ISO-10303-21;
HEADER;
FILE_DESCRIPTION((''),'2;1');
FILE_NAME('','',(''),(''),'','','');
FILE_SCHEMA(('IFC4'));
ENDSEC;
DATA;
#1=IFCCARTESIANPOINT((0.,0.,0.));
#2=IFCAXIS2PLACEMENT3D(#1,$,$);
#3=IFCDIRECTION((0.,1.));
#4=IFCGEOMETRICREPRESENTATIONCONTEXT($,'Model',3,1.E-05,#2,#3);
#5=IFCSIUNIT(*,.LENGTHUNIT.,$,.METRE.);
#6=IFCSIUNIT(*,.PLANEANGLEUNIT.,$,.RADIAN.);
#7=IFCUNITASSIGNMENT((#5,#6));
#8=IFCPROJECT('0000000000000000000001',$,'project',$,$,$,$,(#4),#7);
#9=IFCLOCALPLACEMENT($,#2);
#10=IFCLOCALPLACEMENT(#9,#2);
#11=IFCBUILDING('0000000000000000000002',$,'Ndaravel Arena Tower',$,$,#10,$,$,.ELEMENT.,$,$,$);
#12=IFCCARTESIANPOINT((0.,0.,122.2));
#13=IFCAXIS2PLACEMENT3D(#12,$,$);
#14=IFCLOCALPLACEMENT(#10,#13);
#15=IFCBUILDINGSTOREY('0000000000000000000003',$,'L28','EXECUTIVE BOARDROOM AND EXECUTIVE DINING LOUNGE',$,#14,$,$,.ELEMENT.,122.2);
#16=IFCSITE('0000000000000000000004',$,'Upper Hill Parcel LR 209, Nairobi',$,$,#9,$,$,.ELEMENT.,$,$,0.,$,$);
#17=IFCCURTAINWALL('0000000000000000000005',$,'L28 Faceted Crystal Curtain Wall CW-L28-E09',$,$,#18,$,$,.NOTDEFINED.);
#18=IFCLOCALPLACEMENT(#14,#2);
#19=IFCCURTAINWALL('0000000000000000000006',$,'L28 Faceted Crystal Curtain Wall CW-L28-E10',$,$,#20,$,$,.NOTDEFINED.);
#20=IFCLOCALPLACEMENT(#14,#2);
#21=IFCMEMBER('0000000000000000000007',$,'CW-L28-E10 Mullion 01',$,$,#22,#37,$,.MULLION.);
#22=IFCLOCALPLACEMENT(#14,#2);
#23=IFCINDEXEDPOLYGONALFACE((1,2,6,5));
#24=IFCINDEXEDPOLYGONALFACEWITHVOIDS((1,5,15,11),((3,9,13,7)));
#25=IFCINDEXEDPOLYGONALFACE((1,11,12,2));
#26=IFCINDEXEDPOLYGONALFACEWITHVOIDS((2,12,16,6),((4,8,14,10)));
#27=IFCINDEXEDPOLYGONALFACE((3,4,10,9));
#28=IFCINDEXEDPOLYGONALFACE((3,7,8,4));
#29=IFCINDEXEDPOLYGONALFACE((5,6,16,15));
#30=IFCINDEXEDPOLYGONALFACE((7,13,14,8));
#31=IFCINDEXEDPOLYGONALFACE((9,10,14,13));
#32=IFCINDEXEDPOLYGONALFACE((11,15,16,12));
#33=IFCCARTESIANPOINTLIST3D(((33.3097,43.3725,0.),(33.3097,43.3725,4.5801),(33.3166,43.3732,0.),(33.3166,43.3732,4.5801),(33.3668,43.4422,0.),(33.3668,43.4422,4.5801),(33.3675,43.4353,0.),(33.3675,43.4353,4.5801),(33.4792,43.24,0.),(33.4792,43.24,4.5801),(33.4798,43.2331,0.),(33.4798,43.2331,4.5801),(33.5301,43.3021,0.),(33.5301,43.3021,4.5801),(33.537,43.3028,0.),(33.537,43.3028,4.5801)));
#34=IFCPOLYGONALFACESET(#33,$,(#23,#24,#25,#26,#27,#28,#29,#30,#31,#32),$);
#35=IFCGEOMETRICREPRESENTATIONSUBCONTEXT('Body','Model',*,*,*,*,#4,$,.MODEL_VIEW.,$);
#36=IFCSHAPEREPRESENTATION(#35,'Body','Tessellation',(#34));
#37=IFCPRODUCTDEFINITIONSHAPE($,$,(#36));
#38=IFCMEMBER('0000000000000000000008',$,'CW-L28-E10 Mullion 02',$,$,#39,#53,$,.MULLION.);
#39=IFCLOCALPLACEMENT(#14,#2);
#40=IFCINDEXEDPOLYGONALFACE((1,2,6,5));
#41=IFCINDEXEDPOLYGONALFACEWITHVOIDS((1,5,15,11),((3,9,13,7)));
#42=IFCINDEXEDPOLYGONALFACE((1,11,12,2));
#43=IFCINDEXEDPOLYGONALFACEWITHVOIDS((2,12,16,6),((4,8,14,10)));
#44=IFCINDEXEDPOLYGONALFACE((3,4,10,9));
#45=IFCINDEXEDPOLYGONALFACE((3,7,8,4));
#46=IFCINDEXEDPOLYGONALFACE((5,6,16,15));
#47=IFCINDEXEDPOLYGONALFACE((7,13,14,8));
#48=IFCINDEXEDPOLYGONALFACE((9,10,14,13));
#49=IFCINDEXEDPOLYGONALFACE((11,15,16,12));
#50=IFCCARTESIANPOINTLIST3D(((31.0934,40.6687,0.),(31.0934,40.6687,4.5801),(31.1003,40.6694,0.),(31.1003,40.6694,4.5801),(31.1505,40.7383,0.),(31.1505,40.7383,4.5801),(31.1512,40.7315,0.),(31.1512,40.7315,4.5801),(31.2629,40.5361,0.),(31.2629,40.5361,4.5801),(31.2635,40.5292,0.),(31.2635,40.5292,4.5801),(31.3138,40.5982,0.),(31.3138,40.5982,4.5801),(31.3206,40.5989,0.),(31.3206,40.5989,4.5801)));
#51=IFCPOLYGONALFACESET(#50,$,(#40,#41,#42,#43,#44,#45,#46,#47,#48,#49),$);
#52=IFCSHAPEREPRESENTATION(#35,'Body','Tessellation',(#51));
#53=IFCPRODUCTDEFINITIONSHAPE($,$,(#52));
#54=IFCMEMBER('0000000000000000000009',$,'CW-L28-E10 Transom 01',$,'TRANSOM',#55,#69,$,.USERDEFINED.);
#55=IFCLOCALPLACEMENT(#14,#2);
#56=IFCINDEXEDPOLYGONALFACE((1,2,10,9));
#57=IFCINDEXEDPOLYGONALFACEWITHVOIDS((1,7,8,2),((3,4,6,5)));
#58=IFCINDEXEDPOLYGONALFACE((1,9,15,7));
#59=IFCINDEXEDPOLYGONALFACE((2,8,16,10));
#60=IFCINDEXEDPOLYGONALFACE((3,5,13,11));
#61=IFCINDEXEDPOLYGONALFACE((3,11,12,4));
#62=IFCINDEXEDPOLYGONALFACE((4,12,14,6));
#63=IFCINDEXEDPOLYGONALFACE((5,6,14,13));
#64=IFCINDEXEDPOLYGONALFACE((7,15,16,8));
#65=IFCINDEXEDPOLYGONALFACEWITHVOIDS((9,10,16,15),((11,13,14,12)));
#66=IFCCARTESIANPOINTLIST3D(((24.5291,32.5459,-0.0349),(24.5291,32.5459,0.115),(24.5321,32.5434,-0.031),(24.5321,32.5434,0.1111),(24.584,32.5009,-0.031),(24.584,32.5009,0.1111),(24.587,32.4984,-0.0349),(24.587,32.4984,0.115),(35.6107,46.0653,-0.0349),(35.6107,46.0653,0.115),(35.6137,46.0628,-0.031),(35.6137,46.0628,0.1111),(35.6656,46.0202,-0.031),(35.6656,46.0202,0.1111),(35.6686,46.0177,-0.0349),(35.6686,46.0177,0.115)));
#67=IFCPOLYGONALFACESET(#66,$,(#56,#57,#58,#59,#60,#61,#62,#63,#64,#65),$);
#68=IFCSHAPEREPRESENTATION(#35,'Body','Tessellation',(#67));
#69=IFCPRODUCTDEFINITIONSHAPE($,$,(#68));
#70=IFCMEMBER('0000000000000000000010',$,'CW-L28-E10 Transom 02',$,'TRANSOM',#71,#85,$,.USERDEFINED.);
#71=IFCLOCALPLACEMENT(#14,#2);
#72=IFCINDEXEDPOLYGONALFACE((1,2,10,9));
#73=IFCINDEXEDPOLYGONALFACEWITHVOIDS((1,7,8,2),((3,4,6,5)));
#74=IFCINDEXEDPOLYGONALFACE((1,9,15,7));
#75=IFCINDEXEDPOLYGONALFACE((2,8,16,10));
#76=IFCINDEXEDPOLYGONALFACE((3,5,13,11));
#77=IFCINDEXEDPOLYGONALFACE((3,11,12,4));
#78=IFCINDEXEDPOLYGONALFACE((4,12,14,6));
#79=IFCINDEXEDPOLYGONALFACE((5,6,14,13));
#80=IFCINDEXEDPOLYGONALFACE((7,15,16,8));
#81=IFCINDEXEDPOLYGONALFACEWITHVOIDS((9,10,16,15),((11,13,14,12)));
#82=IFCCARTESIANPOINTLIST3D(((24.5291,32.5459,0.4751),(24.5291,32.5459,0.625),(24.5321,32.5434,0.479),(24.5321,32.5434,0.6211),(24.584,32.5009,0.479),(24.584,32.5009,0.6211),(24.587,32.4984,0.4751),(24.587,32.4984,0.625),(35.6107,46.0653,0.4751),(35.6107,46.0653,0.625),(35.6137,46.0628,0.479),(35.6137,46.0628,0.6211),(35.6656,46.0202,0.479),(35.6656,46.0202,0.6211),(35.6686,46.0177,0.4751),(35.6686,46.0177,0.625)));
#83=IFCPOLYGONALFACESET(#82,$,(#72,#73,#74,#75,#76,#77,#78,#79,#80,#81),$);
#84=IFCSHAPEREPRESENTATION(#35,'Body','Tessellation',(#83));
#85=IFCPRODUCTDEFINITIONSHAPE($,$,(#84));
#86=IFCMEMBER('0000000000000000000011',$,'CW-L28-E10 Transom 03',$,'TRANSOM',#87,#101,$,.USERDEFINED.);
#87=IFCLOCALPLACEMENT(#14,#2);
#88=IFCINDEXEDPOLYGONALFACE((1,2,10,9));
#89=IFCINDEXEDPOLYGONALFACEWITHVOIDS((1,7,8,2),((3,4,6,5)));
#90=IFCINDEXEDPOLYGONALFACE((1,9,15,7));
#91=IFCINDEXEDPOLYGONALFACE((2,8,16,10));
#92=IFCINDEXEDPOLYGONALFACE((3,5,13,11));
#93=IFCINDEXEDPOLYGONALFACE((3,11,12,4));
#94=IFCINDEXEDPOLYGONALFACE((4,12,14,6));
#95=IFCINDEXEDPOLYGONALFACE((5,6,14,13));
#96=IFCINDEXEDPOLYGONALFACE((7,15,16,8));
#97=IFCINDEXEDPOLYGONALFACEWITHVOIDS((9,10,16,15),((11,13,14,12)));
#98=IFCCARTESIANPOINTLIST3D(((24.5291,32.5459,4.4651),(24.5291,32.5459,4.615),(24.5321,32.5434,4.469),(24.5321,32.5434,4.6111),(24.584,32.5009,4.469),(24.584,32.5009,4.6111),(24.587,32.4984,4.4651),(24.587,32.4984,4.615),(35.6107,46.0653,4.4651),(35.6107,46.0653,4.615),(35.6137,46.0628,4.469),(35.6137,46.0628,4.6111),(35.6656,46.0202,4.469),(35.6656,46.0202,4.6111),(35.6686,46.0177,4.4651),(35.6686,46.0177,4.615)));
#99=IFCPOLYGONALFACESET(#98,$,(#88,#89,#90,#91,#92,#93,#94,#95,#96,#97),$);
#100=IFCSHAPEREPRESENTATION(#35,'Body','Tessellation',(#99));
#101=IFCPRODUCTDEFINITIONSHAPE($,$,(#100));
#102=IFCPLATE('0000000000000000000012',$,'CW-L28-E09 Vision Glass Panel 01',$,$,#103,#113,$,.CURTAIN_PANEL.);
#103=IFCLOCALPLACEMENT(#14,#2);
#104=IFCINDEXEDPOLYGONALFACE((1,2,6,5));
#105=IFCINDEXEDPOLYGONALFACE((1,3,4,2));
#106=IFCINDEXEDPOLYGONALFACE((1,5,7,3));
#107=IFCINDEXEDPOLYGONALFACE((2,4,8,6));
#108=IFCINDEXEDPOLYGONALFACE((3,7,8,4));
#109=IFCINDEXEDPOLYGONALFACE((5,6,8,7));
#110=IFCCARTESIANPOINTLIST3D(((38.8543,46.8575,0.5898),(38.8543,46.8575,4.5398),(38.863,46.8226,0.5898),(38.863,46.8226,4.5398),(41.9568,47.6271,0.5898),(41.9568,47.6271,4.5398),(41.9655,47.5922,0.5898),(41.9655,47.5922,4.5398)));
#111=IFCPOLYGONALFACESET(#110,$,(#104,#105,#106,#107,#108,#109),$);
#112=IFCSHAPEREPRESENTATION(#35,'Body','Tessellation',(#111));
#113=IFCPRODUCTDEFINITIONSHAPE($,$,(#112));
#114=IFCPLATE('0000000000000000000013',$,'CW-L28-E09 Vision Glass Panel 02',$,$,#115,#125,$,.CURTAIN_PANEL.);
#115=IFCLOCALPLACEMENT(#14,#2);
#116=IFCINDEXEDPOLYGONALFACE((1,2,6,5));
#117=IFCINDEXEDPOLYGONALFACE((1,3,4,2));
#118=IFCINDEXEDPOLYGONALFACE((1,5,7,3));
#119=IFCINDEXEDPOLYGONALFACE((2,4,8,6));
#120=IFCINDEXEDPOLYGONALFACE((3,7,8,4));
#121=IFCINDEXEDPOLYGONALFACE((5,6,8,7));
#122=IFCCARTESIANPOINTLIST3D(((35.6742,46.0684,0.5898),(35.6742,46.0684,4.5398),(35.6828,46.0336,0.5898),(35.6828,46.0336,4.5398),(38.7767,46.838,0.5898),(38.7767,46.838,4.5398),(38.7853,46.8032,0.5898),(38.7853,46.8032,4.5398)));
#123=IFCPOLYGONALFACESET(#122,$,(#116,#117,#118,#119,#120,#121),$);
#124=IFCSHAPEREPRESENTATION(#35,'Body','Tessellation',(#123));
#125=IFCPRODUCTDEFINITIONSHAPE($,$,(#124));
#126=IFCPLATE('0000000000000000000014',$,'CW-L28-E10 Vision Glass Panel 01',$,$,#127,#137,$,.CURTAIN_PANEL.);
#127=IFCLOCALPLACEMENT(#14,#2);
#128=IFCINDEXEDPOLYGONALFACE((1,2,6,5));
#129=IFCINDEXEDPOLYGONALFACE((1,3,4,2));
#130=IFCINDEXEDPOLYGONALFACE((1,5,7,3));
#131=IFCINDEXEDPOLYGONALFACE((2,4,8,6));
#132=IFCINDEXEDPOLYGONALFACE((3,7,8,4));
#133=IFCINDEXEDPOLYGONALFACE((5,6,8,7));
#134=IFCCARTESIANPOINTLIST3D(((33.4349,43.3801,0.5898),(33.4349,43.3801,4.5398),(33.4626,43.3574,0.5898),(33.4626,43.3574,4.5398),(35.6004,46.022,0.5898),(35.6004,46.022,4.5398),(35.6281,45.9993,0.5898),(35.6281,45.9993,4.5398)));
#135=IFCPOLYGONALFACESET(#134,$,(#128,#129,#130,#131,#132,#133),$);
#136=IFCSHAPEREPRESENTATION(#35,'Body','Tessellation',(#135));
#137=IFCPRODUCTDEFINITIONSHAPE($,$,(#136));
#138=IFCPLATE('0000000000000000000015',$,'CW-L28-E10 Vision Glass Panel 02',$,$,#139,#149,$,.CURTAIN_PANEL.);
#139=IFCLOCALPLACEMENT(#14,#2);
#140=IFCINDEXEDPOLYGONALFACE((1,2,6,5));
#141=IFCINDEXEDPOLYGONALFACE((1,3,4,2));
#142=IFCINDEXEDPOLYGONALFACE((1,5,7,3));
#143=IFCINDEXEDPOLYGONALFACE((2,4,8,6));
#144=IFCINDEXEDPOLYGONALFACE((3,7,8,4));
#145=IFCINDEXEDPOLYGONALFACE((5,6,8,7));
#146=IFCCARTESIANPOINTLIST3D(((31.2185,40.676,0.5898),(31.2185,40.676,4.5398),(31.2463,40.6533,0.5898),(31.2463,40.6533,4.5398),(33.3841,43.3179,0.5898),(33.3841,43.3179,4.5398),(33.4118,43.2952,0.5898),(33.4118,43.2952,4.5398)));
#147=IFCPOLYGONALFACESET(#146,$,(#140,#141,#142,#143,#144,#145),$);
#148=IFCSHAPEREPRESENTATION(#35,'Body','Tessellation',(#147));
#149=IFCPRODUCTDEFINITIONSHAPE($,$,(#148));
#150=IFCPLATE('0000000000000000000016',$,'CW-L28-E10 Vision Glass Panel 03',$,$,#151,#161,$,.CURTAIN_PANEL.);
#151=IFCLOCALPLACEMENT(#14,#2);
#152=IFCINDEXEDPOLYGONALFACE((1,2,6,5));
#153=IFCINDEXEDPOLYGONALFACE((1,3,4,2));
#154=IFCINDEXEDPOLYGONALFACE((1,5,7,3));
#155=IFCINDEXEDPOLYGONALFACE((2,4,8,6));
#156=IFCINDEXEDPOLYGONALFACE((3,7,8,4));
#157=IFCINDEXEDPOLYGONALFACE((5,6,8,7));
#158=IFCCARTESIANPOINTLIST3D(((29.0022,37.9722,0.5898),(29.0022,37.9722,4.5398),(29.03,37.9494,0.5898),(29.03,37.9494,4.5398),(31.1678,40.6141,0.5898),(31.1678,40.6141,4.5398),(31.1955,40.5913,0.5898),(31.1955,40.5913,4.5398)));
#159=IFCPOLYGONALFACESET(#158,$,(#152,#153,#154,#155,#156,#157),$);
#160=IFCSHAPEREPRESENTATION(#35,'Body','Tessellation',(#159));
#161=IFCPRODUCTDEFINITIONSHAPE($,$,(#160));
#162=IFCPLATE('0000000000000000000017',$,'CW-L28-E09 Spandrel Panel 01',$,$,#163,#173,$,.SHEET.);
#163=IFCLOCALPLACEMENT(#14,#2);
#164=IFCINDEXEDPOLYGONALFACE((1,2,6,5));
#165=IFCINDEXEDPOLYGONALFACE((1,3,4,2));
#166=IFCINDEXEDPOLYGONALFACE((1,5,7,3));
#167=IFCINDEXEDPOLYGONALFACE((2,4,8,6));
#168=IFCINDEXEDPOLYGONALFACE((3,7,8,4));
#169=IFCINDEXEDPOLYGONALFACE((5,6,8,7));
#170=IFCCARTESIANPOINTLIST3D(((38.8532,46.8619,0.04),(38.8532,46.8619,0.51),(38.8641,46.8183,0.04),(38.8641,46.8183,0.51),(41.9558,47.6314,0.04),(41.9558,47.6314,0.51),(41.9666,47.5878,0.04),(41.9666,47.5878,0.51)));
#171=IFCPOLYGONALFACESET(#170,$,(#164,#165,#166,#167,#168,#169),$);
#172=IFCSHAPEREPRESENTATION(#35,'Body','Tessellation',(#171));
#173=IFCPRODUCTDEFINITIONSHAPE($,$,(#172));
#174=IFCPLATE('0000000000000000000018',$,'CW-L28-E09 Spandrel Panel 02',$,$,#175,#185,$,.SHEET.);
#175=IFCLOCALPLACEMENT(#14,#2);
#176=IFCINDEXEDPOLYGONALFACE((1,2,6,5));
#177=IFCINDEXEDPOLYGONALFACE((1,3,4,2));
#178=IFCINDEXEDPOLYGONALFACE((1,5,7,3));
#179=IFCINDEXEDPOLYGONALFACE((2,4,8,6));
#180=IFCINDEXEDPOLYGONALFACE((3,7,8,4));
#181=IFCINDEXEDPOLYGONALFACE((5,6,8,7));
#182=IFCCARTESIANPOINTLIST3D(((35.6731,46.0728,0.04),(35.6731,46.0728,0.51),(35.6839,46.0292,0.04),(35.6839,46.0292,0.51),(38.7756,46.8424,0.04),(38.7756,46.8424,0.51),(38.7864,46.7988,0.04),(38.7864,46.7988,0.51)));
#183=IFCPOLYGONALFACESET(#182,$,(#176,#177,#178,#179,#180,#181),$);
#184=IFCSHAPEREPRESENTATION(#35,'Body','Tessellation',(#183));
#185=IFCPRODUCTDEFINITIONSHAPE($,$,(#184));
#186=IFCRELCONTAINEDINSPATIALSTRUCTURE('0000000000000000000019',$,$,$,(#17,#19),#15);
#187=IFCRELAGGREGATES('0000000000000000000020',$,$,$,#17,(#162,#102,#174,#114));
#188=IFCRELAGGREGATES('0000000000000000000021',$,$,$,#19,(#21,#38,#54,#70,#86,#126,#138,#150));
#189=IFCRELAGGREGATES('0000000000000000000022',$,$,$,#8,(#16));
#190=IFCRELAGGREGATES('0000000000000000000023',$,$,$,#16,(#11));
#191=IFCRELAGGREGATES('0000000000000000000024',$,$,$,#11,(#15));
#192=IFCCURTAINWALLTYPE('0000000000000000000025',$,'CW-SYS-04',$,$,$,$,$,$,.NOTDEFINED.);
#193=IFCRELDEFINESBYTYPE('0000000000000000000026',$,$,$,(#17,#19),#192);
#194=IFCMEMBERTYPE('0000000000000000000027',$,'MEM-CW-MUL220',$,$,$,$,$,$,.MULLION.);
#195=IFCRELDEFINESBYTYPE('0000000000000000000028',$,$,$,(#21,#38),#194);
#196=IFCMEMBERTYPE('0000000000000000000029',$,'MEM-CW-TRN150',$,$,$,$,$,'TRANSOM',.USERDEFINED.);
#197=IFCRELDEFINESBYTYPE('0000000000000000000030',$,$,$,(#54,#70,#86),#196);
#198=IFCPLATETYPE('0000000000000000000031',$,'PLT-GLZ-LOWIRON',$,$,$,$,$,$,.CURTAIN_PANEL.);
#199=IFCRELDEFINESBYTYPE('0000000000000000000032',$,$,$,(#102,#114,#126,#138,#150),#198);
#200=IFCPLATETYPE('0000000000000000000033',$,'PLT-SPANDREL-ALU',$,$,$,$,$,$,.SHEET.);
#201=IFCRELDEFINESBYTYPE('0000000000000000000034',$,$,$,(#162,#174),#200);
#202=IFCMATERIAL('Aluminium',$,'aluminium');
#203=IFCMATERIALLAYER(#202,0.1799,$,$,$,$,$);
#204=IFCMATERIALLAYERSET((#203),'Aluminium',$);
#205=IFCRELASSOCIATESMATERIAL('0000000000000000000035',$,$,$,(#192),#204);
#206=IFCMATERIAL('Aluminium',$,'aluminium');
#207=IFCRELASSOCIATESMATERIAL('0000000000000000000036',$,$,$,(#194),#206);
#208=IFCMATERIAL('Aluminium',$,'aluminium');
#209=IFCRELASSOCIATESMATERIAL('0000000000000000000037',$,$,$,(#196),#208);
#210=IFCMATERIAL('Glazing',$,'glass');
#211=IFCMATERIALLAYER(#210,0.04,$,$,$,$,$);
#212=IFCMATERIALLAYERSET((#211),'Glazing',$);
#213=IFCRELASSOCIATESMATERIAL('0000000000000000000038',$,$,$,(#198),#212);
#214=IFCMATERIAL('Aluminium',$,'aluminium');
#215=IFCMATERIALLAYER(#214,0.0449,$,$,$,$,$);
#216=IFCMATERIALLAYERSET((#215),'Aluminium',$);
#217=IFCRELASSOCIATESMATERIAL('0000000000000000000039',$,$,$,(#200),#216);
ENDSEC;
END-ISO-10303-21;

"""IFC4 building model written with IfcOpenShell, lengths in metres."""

from ifc_helpers import new_model, si_unit, direction, frame, origin, origin_2d, place, context, subcontext, project, spatial, rectangle, hollow_rectangle, extrude, material, layer, layer_set, material_profile, profile_set, type_object, element, aggregate, save


model = new_model("IFC4")

# Units and contexts
model_context = context("Model", 3, precision=1e-05, world=origin(), true_north=direction((0.0, 1.0)))
body_context = subcontext(model_context, "Body", "Model", "MODEL_VIEW")
ifc_project = project(units=[si_unit("LENGTHUNIT", "METRE"), si_unit("PLANEANGLEUNIT", "RADIAN")], contexts=[model_context])

# Site, building, storey
site_placement = place(None, origin())
site = spatial("IfcSite", under=ifc_project, at=site_placement, Name="Upper Hill Parcel LR 209, Nairobi", CompositionType="ELEMENT", RefElevation=0.0)
building_placement = place(site_placement, origin())
building = spatial("IfcBuilding", under=site, at=building_placement, Name="Ndaravel Arena Tower", CompositionType="ELEMENT")
storey_placement = place(building_placement, frame((0.0, 0.0, 122.2)))
storey = spatial("IfcBuildingStorey", under=building, at=storey_placement, Name="L28", Description="EXECUTIVE BOARDROOM AND EXECUTIVE DINING LOUNGE", CompositionType="ELEMENT", Elevation=122.2)

# Curtain wall
ifc_material_1 = material(Name="Aluminium", Category="aluminium")
ifc_layer_1 = layer(ifc_material_1, 0.1799)
ifc_layer_set_1 = layer_set([ifc_layer_1], Name="Aluminium")
curtain_wall_type = type_object("IfcCurtainWallType", Name="CW-SYS-04", PredefinedType="NOTDEFINED", material=ifc_layer_set_1)
curtain_wall_1_placement = place(storey_placement, origin())
curtain_wall_1 = element("IfcCurtainWall", 1, at=curtain_wall_1_placement, inside=storey, type_object=curtain_wall_type, Name="L28 Faceted Crystal Curtain Wall CW-L28-E09", PredefinedType="NOTDEFINED")
ifc_material_2 = material(Name="Aluminium", Category="aluminium")
ifc_material_profile_1 = material_profile(ifc_material_2, hollow_rectangle(XDim=0.0901, YDim=0.22, WallThickness=0.0049, at=origin_2d()), Name="CW MULLION 90x220x5")
ifc_profile_set_1 = profile_set([ifc_material_profile_1], Name="Aluminium")
member_type_1 = type_object("IfcMemberType", Name="MEM-CW-MUL220", PredefinedType="MULLION", material=ifc_profile_set_1)

# Curtain wall, members
curtain_wall_2_placement = place(storey_placement, origin())
curtain_wall_2 = element("IfcCurtainWall", 2, at=curtain_wall_2_placement, inside=storey, type_object=curtain_wall_type, Name="L28 Faceted Crystal Curtain Wall CW-L28-E10", PredefinedType="NOTDEFINED")
member_1_placement = place(storey_placement, frame((33.4233, 43.3376, 0.0), z_axis=(0.0, 0.0, 1.0), x_axis=(-0.633934, -0.773387, 0.0)))
member_1 = element("IfcMember", 3, at=member_1_placement, type_object=member_type_1, Name="CW-L28-E10 Mullion 01", PredefinedType="MULLION", context=body_context, shape_type="SweptSolid", body=[
    extrude(hollow_rectangle(XDim=0.0901, YDim=0.22, WallThickness=0.0049, at=origin_2d()), origin(), (0.0, 0.0, 1.0), 4.5801),
])
member_2_placement = place(storey_placement, frame((31.207, 40.6338, 0.0), z_axis=(0.0, 0.0, 1.0), x_axis=(-0.633934, -0.773387, 0.0)))
member_2 = element("IfcMember", 4, at=member_2_placement, type_object=member_type_1, Name="CW-L28-E10 Mullion 02", PredefinedType="MULLION", context=body_context, shape_type="SweptSolid", body=[
    extrude(hollow_rectangle(XDim=0.0901, YDim=0.22, WallThickness=0.0049, at=origin_2d()), origin(), (0.0, 0.0, 1.0), 4.5801),
])
ifc_material_3 = material(Name="Aluminium", Category="aluminium")
ifc_material_profile_2 = material_profile(ifc_material_3, hollow_rectangle(XDim=0.075, YDim=0.1499, WallThickness=0.0039, at=origin_2d()), Name="CW TRANSOM 75x150x4")
ifc_profile_set_2 = profile_set([ifc_material_profile_2], Name="Aluminium")
member_type_2 = type_object("IfcMemberType", Name="MEM-CW-TRN150", ElementType="TRANSOM", PredefinedType="USERDEFINED", material=ifc_profile_set_2)
member_3_placement = place(storey_placement, frame((35.6396, 46.0415, 0.04), z_axis=(-0.633933, -0.773388, 0.0), x_axis=(0.773388, -0.633933, 0.0)))
member_3 = element("IfcMember", 5, at=member_3_placement, type_object=member_type_2, Name="CW-L28-E10 Transom 01", ObjectType="TRANSOM", PredefinedType="USERDEFINED", context=body_context, shape_type="SweptSolid", body=[
    extrude(hollow_rectangle(XDim=0.075, YDim=0.1499, WallThickness=0.0039, at=origin_2d()), origin(), (0.0, 0.0, 1.0), 17.4807),
])
member_4_placement = place(storey_placement, frame((35.6396, 46.0415, 0.55), z_axis=(-0.633933, -0.773388, 0.0), x_axis=(0.773388, -0.633933, 0.0)))
member_4 = element("IfcMember", 6, at=member_4_placement, type_object=member_type_2, Name="CW-L28-E10 Transom 02", ObjectType="TRANSOM", PredefinedType="USERDEFINED", context=body_context, shape_type="SweptSolid", body=[
    extrude(hollow_rectangle(XDim=0.075, YDim=0.1499, WallThickness=0.0039, at=origin_2d()), origin(), (0.0, 0.0, 1.0), 17.4807),
])
member_5_placement = place(storey_placement, frame((35.6396, 46.0415, 4.54), z_axis=(-0.633933, -0.773388, 0.0), x_axis=(0.773388, -0.633933, 0.0)))
member_5 = element("IfcMember", 7, at=member_5_placement, type_object=member_type_2, Name="CW-L28-E10 Transom 03", ObjectType="TRANSOM", PredefinedType="USERDEFINED", context=body_context, shape_type="SweptSolid", body=[
    extrude(hollow_rectangle(XDim=0.075, YDim=0.1499, WallThickness=0.0039, at=origin_2d()), origin(), (0.0, 0.0, 1.0), 17.4807),
])

# Plates
ifc_material_4 = material(Name="Glazing", Category="glass")
ifc_layer_2 = layer(ifc_material_4, 0.04)
ifc_layer_set_2 = layer_set([ifc_layer_2], Name="Glazing")
plate_type_1 = type_object("IfcPlateType", Name="PLT-GLZ-LOWIRON", PredefinedType="CURTAIN_PANEL", material=ifc_layer_set_2)
plate_1_placement = place(storey_placement, frame((40.4099, 47.2249, 0.5898), z_axis=(0.0, 0.0, 1.0), x_axis=(-0.970586, -0.240753, 0.0)))
plate_1 = element("IfcPlate", 8, at=plate_1_placement, type_object=plate_type_1, Name="CW-L28-E09 Vision Glass Panel 01", PredefinedType="CURTAIN_PANEL", context=body_context, shape_type="SweptSolid", body=[
    extrude(rectangle(XDim=3.1965, YDim=0.0359, at=origin_2d()), origin(), (0.0, 0.0, 1.0), 3.95),
])
plate_2_placement = place(storey_placement, frame((37.2297, 46.4358, 0.5898), z_axis=(0.0, 0.0, 1.0), x_axis=(-0.970586, -0.240753, 0.0)))
plate_2 = element("IfcPlate", 9, at=plate_2_placement, type_object=plate_type_1, Name="CW-L28-E09 Vision Glass Panel 02", PredefinedType="CURTAIN_PANEL", context=body_context, shape_type="SweptSolid", body=[
    extrude(rectangle(XDim=3.1965, YDim=0.0359, at=origin_2d()), origin(), (0.0, 0.0, 1.0), 3.95),
])
plate_3_placement = place(storey_placement, frame((34.5315, 44.6897, 0.5898), z_axis=(0.0, 0.0, 1.0), x_axis=(-0.633934, -0.773387, 0.0)))
plate_3 = element("IfcPlate", 10, at=plate_3_placement, type_object=plate_type_1, Name="CW-L28-E10 Vision Glass Panel 01", PredefinedType="CURTAIN_PANEL", context=body_context, shape_type="SweptSolid", body=[
    extrude(rectangle(XDim=3.416, YDim=0.0359, at=origin_2d()), origin(), (0.0, 0.0, 1.0), 3.95),
])
plate_4_placement = place(storey_placement, frame((32.3152, 41.9856, 0.5898), z_axis=(0.0, 0.0, 1.0), x_axis=(-0.633934, -0.773387, 0.0)))
plate_4 = element("IfcPlate", 11, at=plate_4_placement, type_object=plate_type_1, Name="CW-L28-E10 Vision Glass Panel 02", PredefinedType="CURTAIN_PANEL", context=body_context, shape_type="SweptSolid", body=[
    extrude(rectangle(XDim=3.416, YDim=0.0359, at=origin_2d()), origin(), (0.0, 0.0, 1.0), 3.95),
])
plate_5_placement = place(storey_placement, frame((30.0989, 39.2817, 0.5898), z_axis=(0.0, 0.0, 1.0), x_axis=(-0.633934, -0.773387, 0.0)))
plate_5 = element("IfcPlate", 12, at=plate_5_placement, type_object=plate_type_1, Name="CW-L28-E10 Vision Glass Panel 03", PredefinedType="CURTAIN_PANEL", context=body_context, shape_type="SweptSolid", body=[
    extrude(rectangle(XDim=3.416, YDim=0.0359, at=origin_2d()), origin(), (0.0, 0.0, 1.0), 3.95),
])
ifc_material_5 = material(Name="Aluminium", Category="aluminium")
ifc_layer_3 = layer(ifc_material_5, 0.0449)
ifc_layer_set_3 = layer_set([ifc_layer_3], Name="Aluminium")
plate_type_2 = type_object("IfcPlateType", Name="PLT-SPANDREL-ALU", PredefinedType="SHEET", material=ifc_layer_set_3)
plate_6_placement = place(storey_placement, frame((40.4099, 47.2249, 0.04), z_axis=(0.0, 0.0, 1.0), x_axis=(-0.970586, -0.240753, 0.0)))
plate_6 = element("IfcPlate", 13, at=plate_6_placement, type_object=plate_type_2, Name="CW-L28-E09 Spandrel Panel 01", PredefinedType="SHEET", context=body_context, shape_type="SweptSolid", body=[
    extrude(rectangle(XDim=3.1965, YDim=0.0449, at=origin_2d()), origin(), (0.0, 0.0, 1.0), 0.47),
])
plate_7_placement = place(storey_placement, frame((37.2297, 46.4358, 0.04), z_axis=(0.0, 0.0, 1.0), x_axis=(-0.970586, -0.240753, 0.0)))
plate_7 = element("IfcPlate", 14, at=plate_7_placement, type_object=plate_type_2, Name="CW-L28-E09 Spandrel Panel 02", PredefinedType="SHEET", context=body_context, shape_type="SweptSolid", body=[
    extrude(rectangle(XDim=3.1965, YDim=0.0449, at=origin_2d()), origin(), (0.0, 0.0, 1.0), 0.47),
])
aggregate(curtain_wall_1, [plate_6, plate_1, plate_7, plate_2])
aggregate(curtain_wall_2, [member_1, member_2, member_3, member_4, member_5, plate_3, plate_4, plate_5])

save(model, "model.ifc")
